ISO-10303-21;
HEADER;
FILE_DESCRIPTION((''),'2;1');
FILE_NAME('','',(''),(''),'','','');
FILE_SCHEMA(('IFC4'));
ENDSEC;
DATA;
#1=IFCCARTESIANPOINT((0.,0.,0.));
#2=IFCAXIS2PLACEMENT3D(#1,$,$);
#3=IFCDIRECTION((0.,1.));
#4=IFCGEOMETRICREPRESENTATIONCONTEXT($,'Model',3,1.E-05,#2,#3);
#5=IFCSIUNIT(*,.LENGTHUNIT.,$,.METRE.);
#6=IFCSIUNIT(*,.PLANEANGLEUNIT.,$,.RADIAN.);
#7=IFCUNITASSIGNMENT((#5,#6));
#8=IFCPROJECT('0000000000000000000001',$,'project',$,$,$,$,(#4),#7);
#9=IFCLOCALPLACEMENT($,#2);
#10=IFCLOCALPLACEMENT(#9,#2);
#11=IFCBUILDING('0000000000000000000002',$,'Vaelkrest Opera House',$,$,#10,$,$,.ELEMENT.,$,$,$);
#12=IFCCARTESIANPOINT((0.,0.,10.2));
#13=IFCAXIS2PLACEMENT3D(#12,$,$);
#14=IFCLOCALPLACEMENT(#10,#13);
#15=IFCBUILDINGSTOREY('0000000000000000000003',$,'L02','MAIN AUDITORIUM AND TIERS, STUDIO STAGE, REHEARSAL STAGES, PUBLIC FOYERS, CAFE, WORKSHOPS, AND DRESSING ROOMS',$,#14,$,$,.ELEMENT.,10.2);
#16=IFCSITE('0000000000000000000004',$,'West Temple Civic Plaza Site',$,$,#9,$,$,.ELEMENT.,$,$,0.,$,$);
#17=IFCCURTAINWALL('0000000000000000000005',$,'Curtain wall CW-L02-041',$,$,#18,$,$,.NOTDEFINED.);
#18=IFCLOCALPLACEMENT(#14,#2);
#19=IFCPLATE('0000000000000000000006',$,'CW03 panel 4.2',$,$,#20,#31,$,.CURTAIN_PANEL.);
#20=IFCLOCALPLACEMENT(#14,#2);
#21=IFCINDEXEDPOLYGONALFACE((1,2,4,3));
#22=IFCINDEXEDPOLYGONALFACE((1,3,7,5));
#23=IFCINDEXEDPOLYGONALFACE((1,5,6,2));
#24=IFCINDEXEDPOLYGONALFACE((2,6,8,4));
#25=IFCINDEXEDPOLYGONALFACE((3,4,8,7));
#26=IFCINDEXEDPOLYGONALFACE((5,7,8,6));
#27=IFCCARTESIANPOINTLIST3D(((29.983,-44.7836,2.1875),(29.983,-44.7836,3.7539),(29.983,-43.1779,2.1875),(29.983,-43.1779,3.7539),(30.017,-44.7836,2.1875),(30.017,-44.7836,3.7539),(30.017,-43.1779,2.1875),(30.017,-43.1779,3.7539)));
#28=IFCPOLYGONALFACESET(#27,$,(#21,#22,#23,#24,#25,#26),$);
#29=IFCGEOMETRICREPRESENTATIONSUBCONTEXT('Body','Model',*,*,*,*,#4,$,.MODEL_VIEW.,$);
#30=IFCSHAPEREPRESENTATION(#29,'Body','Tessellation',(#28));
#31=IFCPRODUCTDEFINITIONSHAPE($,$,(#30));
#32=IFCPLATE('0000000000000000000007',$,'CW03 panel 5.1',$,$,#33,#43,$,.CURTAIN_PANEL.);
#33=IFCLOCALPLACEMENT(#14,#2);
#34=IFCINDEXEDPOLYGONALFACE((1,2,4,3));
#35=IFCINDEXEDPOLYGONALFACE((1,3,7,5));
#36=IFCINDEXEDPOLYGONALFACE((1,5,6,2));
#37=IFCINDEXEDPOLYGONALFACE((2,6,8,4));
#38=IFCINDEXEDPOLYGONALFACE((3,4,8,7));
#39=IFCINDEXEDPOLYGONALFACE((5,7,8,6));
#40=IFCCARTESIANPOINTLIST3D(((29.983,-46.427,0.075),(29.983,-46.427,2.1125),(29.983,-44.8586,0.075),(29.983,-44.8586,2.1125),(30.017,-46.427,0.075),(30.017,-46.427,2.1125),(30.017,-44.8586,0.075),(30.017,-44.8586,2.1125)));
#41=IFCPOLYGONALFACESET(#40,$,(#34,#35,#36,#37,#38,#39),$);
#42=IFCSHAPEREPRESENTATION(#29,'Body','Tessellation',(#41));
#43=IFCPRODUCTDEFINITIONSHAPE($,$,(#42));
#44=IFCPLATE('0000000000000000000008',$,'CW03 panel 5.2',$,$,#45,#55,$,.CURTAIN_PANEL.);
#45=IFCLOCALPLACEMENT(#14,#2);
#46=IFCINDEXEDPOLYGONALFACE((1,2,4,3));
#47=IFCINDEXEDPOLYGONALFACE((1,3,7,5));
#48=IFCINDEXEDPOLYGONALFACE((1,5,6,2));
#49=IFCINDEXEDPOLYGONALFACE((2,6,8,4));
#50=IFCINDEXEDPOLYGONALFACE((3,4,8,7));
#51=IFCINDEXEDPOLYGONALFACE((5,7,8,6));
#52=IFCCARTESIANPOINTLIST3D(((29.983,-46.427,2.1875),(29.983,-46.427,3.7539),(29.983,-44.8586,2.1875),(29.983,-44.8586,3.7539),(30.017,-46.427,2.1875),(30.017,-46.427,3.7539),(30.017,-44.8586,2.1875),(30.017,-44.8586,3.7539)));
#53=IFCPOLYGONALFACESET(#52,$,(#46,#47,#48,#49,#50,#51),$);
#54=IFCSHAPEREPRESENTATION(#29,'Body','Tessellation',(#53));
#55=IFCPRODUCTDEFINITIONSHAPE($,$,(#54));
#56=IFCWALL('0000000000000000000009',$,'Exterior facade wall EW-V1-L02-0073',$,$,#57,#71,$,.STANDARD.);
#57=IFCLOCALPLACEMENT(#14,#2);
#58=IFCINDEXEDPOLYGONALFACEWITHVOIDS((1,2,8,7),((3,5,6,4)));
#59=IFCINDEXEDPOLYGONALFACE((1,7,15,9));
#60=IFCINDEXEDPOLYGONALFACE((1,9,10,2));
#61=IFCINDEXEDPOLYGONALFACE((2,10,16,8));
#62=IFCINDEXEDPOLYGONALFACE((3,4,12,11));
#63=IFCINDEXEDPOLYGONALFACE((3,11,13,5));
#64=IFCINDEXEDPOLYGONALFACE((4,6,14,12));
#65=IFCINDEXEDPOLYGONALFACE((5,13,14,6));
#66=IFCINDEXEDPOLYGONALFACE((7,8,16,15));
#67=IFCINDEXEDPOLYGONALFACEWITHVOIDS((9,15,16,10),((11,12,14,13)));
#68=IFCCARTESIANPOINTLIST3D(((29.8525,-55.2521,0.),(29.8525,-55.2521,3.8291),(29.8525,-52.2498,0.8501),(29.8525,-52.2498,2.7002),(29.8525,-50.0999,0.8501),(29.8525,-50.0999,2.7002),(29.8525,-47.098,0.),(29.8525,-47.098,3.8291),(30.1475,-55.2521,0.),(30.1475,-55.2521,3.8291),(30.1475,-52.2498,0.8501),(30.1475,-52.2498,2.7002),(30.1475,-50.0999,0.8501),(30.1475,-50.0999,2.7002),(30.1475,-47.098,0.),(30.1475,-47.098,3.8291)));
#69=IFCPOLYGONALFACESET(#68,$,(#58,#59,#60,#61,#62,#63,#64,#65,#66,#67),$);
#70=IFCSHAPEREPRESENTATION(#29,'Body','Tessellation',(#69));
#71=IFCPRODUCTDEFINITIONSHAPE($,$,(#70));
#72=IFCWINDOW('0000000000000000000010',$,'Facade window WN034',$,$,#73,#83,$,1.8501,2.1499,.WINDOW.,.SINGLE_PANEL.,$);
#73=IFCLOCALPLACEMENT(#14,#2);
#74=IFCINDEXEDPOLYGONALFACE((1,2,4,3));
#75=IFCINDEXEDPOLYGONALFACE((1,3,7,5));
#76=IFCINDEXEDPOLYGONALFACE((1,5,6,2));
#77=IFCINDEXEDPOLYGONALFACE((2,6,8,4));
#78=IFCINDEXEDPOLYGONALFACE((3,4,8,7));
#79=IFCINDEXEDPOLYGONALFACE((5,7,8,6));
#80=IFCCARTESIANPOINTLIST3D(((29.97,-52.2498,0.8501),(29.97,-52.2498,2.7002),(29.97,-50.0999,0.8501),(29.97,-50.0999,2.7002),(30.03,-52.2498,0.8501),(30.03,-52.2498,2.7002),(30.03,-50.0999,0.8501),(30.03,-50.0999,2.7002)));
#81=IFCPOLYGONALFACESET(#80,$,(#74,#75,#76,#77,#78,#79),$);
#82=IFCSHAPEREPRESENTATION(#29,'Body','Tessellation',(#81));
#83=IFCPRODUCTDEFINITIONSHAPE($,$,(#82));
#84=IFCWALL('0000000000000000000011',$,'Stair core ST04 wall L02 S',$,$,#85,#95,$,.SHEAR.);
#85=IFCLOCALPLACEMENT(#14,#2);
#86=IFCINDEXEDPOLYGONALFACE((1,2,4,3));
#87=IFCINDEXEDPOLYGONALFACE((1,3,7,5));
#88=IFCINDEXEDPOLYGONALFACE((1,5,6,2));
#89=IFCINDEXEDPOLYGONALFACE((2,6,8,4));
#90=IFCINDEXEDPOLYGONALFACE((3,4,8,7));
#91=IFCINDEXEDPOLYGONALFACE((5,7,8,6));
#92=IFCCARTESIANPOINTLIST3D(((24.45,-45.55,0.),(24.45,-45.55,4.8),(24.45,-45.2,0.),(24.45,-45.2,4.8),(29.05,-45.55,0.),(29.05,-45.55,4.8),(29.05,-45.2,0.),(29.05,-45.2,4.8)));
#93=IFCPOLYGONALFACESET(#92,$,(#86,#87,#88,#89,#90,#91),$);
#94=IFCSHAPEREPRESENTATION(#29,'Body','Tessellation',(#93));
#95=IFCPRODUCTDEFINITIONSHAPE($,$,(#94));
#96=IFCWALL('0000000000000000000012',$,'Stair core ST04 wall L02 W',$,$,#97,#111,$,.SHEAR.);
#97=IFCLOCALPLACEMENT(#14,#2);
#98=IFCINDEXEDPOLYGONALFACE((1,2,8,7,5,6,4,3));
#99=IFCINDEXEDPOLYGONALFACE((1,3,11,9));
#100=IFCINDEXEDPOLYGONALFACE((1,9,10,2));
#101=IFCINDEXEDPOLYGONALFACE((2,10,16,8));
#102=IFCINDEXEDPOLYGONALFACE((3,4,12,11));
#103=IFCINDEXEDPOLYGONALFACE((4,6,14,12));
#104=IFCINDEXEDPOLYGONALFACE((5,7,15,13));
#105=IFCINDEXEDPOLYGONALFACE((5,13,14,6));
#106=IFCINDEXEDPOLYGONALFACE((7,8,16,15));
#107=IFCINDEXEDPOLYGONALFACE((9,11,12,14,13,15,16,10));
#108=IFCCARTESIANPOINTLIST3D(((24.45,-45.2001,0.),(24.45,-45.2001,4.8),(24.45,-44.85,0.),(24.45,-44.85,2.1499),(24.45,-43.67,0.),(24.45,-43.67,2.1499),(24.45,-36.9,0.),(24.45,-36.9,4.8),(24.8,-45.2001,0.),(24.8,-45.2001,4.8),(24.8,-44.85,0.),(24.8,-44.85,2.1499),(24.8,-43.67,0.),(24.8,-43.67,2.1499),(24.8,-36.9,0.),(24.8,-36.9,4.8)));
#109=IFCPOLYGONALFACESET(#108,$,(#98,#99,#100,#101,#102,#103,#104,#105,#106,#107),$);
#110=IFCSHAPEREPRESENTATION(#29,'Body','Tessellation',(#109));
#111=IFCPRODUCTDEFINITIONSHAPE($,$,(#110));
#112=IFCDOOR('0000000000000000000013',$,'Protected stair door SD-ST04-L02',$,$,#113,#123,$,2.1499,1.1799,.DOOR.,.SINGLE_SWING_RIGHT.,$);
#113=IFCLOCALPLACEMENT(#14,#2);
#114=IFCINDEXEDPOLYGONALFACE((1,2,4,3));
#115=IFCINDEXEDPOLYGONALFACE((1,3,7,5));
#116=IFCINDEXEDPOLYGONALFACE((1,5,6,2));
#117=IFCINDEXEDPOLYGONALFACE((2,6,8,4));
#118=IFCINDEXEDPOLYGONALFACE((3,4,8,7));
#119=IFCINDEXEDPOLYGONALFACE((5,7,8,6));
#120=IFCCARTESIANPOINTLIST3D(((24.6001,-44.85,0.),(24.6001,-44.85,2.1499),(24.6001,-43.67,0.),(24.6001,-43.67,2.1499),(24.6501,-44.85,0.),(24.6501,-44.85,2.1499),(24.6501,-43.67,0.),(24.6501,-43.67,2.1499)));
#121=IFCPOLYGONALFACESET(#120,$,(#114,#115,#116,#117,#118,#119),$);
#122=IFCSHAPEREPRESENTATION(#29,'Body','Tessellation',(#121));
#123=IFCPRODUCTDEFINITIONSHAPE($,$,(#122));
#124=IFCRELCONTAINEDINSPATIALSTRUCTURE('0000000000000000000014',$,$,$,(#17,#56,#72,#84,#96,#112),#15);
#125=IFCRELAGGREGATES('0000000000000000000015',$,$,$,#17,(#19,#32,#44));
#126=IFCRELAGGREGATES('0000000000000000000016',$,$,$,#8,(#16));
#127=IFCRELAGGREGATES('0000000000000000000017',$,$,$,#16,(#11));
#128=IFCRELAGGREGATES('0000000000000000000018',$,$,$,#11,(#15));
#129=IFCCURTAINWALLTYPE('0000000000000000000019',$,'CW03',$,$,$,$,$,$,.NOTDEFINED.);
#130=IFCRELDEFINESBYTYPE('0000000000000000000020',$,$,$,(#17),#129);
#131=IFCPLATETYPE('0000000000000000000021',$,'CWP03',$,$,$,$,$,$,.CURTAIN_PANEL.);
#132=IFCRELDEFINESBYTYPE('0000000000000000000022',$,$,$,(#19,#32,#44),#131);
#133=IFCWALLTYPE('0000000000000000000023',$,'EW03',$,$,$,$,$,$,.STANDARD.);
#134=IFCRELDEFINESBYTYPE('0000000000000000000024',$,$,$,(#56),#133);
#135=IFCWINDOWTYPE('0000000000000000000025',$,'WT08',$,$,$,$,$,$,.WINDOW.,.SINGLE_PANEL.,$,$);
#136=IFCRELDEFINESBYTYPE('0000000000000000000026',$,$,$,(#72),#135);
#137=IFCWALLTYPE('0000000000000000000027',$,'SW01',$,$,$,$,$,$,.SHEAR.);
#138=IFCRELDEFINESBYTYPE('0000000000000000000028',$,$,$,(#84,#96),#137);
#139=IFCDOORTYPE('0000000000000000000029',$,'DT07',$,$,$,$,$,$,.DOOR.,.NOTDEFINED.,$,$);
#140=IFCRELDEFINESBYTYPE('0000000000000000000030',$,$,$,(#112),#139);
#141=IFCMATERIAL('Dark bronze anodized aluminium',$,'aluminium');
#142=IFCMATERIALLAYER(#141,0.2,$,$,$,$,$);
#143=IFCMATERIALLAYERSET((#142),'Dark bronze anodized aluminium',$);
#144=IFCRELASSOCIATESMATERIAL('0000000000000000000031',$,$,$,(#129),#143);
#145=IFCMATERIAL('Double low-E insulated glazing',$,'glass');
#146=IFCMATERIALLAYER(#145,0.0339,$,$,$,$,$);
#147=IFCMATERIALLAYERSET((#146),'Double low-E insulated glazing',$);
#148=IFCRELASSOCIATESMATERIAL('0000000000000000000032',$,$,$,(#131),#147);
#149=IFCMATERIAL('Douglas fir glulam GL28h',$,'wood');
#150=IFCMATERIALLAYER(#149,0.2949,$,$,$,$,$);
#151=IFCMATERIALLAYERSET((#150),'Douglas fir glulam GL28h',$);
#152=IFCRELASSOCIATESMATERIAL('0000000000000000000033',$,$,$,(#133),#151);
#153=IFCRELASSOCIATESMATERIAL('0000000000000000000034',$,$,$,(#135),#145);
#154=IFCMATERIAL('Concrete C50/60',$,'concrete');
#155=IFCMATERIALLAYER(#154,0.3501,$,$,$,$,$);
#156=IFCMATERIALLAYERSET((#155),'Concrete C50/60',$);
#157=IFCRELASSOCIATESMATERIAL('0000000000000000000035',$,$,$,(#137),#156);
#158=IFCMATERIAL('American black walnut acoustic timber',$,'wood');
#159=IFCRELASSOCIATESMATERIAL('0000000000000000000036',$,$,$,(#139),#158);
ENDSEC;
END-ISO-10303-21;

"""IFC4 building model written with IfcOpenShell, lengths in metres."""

from ifc_helpers import new_model, si_unit, direction, frame, frame_2d, origin, origin_2d, place, context, subcontext, project, spatial, rectangle, extrude, material, layer, layer_set, type_object, element, fill, aggregate, save


model = new_model("IFC4")

# Units and contexts
model_context = context("Model", 3, precision=1e-05, world=origin(), true_north=direction((0.0, 1.0)))
body_context = subcontext(model_context, "Body", "Model", "MODEL_VIEW")
ifc_project = project(units=[si_unit("LENGTHUNIT", "METRE"), si_unit("PLANEANGLEUNIT", "RADIAN")], contexts=[model_context])

# Site, building, storey
site_placement = place(None, origin())
site = spatial("IfcSite", under=ifc_project, at=site_placement, Name="West Temple Civic Plaza Site", CompositionType="ELEMENT", RefElevation=0.0)
building_placement = place(site_placement, origin())
building = spatial("IfcBuilding", under=site, at=building_placement, Name="Vaelkrest Opera House", CompositionType="ELEMENT")
storey_placement = place(building_placement, frame((0.0, 0.0, 10.2)))
storey = spatial("IfcBuildingStorey", under=building, at=storey_placement, Name="L02", Description="MAIN AUDITORIUM AND TIERS, STUDIO STAGE, REHEARSAL STAGES, PUBLIC FOYERS, CAFE, WORKSHOPS, AND DRESSING ROOMS", CompositionType="ELEMENT", Elevation=10.2)

# Shared definitions
ifc_material_1 = material(Name="Concrete C50/60", Category="concrete")

# Shared definitions
ifc_material_2 = material(Name="Dark bronze anodized aluminium", Category="aluminium")

# Curtain wall
ifc_layer_1 = layer(ifc_material_2, 0.2)
ifc_layer_set_1 = layer_set([ifc_layer_1], Name="Dark bronze anodized aluminium")
curtain_wall_type_1 = type_object("IfcCurtainWallType", Name="CW03", PredefinedType="NOTDEFINED", material=ifc_layer_set_1)
curtain_wall_1_placement = place(storey_placement, origin())
curtain_wall_1 = element("IfcCurtainWall", 1, at=curtain_wall_1_placement, inside=storey, type_object=curtain_wall_type_1, Name="Curtain wall CW-L02-041", PredefinedType="NOTDEFINED")

# Plates
ifc_material_3 = material(Name="Double low-E insulated glazing", Category="glass")
ifc_layer_2 = layer(ifc_material_3, 0.0339)
ifc_layer_set_2 = layer_set([ifc_layer_2], Name="Double low-E insulated glazing")
plate_type = type_object("IfcPlateType", Name="CWP03", PredefinedType="CURTAIN_PANEL", material=ifc_layer_set_2)
plate_1_placement = place(storey_placement, frame((30.0, -43.9807, 2.1875), z_axis=(0.0, 0.0, 1.0), x_axis=(0.0, -1.0, 0.0)))
plate_1 = element("IfcPlate", 2, at=plate_1_placement, type_object=plate_type, Name="CW03 panel 4.2", PredefinedType="CURTAIN_PANEL", context=body_context, shape_type="SweptSolid", body=[
    extrude(rectangle(XDim=1.6057, YDim=0.0339, at=origin_2d()), origin(), (0.0, 0.0, 1.0), 1.5664),
])
plate_2_placement = place(storey_placement, frame((30.0, -45.6428, 0.075), z_axis=(0.0, 0.0, 1.0), x_axis=(0.0, -1.0, 0.0)))
plate_2 = element("IfcPlate", 3, at=plate_2_placement, type_object=plate_type, Name="CW03 panel 5.1", PredefinedType="CURTAIN_PANEL", context=body_context, shape_type="SweptSolid", body=[
    extrude(rectangle(XDim=1.5684, YDim=0.0339, at=origin_2d()), origin(), (0.0, 0.0, 1.0), 2.0376),
])
plate_3_placement = place(storey_placement, frame((30.0, -45.6428, 2.1875), z_axis=(0.0, 0.0, 1.0), x_axis=(0.0, -1.0, 0.0)))
plate_3 = element("IfcPlate", 4, at=plate_3_placement, type_object=plate_type, Name="CW03 panel 5.2", PredefinedType="CURTAIN_PANEL", context=body_context, shape_type="SweptSolid", body=[
    extrude(rectangle(XDim=1.5684, YDim=0.0339, at=origin_2d()), origin(), (0.0, 0.0, 1.0), 1.5664),
])
aggregate(curtain_wall_1, [plate_1, plate_2, plate_3])

# Wall, opening, window
ifc_material_4 = material(Name="Douglas fir glulam GL28h", Category="wood")
ifc_layer_3 = layer(ifc_material_4, 0.2949)
ifc_layer_set_3 = layer_set([ifc_layer_3], Name="Douglas fir glulam GL28h")
wall_type_1 = type_object("IfcWallType", Name="EW03", PredefinedType="STANDARD", material=ifc_layer_set_3)
wall_1_placement = place(storey_placement, frame((30.0, -47.0979, 0.0), z_axis=(0.0, 0.0, 1.0), x_axis=(0.0, -1.0, 0.0)))
wall_1 = element("IfcWall", 5, at=wall_1_placement, inside=storey, type_object=wall_type_1, Name="Exterior facade wall EW-V1-L02-0073", PredefinedType="STANDARD", context=body_context, shape_type="SweptSolid", body=[
    extrude(rectangle(XDim=8.1541, YDim=0.2949, at=frame_2d((4.0771, 0.0))), origin(), (0.0, 0.0, 1.0), 3.8291),
])
opening_1_placement = place(wall_1_placement, frame((3.002, 0.0, 0.8501)))
opening_1 = element("IfcOpeningElement", 6, at=opening_1_placement, cuts=wall_1, PredefinedType="OPENING", context=body_context, shape_type="SweptSolid", body=[
    extrude(rectangle(XDim=2.1499, YDim=1.8501, at=frame_2d((1.075, 0.925))), frame((0.0, 0.1575, 0.0), z_axis=(0.0, -1.0, 0.0), x_axis=(1.0, 0.0, 0.0)), (0.0, 0.0, 1.0), 0.3149),
])
window_type = type_object("IfcWindowType", Name="WT08", PartitioningType="SINGLE_PANEL", PredefinedType="WINDOW", material=ifc_material_3)
window_placement = place(opening_1_placement, origin())
window = element("IfcWindow", 7, at=window_placement, inside=storey, type_object=window_type, Name="Facade window WN034", OverallHeight=1.8501, OverallWidth=2.1499, PartitioningType="SINGLE_PANEL", PredefinedType="WINDOW", context=body_context, shape_type="SweptSolid", body=[
    extrude(rectangle(XDim=2.1499, YDim=1.8501, at=frame_2d((1.075, 0.925))), frame((0.0, 0.03, 0.0), z_axis=(0.0, -1.0, 0.0), x_axis=(1.0, 0.0, 0.0)), (0.0, 0.0, 1.0), 0.0601),
])
fill(opening_1, window)

# Wall
ifc_layer_4 = layer(ifc_material_1, 0.3501)
ifc_layer_set_4 = layer_set([ifc_layer_4], Name="Concrete C50/60")
wall_type_2 = type_object("IfcWallType", Name="SW01", PredefinedType="SHEAR", material=ifc_layer_set_4)
wall_2_placement = place(storey_placement, frame((29.05, -45.375, 0.0), z_axis=(0.0, 0.0, 1.0), x_axis=(-1.0, 0.0, 0.0)))
element("IfcWall", 8, at=wall_2_placement, inside=storey, type_object=wall_type_2, Name="Stair core ST04 wall L02 S", PredefinedType="SHEAR", context=body_context, shape_type="SweptSolid", body=[
    extrude(rectangle(XDim=4.6001, YDim=0.3501, at=frame_2d((2.3, 0.0))), origin(), (0.0, 0.0, 1.0), 4.8),
])

# Wall, opening, door
wall_3_placement = place(storey_placement, frame((24.625, -45.2, 0.0), z_axis=(0.0, 0.0, 1.0), x_axis=(0.0, 1.0, 0.0)))
wall_3 = element("IfcWall", 9, at=wall_3_placement, inside=storey, type_object=wall_type_2, Name="Stair core ST04 wall L02 W", PredefinedType="SHEAR", context=body_context, shape_type="SweptSolid", body=[
    extrude(rectangle(XDim=8.3, YDim=0.3501, at=frame_2d((4.1499, 0.0))), origin(), (0.0, 0.0, 1.0), 4.8),
])
opening_2_placement = place(wall_3_placement, frame((0.3501, 0.0, 0.0)))
opening_2 = element("IfcOpeningElement", 10, at=opening_2_placement, cuts=wall_3, PredefinedType="OPENING", context=body_context, shape_type="SweptSolid", body=[
    extrude(rectangle(XDim=1.1799, YDim=2.1499, at=frame_2d((0.5898, 1.075))), frame((0.0, 0.1851, 0.0), z_axis=(0.0, -1.0, 0.0), x_axis=(1.0, 0.0, 0.0)), (0.0, 0.0, 1.0), 0.3701),
])
ifc_material_5 = material(Name="American black walnut acoustic timber", Category="wood")
door_type = type_object("IfcDoorType", Name="DT07", OperationType="NOTDEFINED", PredefinedType="DOOR", material=ifc_material_5)
door_placement = place(opening_2_placement, origin())
door = element("IfcDoor", 11, at=door_placement, inside=storey, type_object=door_type, Name="Protected stair door SD-ST04-L02", OperationType="SINGLE_SWING_RIGHT", OverallHeight=2.1499, OverallWidth=1.1799, PredefinedType="DOOR", context=body_context, shape_type="SweptSolid", body=[
    extrude(rectangle(XDim=1.1799, YDim=2.1499, at=frame_2d((0.5898, 1.075))), frame((0.0, 0.0249, 0.0), z_axis=(0.0, -1.0, 0.0), x_axis=(1.0, 0.0, 0.0)), (0.0, 0.0, 1.0), 0.05),
])
fill(opening_2, door)

save(model, "model.ifc")
